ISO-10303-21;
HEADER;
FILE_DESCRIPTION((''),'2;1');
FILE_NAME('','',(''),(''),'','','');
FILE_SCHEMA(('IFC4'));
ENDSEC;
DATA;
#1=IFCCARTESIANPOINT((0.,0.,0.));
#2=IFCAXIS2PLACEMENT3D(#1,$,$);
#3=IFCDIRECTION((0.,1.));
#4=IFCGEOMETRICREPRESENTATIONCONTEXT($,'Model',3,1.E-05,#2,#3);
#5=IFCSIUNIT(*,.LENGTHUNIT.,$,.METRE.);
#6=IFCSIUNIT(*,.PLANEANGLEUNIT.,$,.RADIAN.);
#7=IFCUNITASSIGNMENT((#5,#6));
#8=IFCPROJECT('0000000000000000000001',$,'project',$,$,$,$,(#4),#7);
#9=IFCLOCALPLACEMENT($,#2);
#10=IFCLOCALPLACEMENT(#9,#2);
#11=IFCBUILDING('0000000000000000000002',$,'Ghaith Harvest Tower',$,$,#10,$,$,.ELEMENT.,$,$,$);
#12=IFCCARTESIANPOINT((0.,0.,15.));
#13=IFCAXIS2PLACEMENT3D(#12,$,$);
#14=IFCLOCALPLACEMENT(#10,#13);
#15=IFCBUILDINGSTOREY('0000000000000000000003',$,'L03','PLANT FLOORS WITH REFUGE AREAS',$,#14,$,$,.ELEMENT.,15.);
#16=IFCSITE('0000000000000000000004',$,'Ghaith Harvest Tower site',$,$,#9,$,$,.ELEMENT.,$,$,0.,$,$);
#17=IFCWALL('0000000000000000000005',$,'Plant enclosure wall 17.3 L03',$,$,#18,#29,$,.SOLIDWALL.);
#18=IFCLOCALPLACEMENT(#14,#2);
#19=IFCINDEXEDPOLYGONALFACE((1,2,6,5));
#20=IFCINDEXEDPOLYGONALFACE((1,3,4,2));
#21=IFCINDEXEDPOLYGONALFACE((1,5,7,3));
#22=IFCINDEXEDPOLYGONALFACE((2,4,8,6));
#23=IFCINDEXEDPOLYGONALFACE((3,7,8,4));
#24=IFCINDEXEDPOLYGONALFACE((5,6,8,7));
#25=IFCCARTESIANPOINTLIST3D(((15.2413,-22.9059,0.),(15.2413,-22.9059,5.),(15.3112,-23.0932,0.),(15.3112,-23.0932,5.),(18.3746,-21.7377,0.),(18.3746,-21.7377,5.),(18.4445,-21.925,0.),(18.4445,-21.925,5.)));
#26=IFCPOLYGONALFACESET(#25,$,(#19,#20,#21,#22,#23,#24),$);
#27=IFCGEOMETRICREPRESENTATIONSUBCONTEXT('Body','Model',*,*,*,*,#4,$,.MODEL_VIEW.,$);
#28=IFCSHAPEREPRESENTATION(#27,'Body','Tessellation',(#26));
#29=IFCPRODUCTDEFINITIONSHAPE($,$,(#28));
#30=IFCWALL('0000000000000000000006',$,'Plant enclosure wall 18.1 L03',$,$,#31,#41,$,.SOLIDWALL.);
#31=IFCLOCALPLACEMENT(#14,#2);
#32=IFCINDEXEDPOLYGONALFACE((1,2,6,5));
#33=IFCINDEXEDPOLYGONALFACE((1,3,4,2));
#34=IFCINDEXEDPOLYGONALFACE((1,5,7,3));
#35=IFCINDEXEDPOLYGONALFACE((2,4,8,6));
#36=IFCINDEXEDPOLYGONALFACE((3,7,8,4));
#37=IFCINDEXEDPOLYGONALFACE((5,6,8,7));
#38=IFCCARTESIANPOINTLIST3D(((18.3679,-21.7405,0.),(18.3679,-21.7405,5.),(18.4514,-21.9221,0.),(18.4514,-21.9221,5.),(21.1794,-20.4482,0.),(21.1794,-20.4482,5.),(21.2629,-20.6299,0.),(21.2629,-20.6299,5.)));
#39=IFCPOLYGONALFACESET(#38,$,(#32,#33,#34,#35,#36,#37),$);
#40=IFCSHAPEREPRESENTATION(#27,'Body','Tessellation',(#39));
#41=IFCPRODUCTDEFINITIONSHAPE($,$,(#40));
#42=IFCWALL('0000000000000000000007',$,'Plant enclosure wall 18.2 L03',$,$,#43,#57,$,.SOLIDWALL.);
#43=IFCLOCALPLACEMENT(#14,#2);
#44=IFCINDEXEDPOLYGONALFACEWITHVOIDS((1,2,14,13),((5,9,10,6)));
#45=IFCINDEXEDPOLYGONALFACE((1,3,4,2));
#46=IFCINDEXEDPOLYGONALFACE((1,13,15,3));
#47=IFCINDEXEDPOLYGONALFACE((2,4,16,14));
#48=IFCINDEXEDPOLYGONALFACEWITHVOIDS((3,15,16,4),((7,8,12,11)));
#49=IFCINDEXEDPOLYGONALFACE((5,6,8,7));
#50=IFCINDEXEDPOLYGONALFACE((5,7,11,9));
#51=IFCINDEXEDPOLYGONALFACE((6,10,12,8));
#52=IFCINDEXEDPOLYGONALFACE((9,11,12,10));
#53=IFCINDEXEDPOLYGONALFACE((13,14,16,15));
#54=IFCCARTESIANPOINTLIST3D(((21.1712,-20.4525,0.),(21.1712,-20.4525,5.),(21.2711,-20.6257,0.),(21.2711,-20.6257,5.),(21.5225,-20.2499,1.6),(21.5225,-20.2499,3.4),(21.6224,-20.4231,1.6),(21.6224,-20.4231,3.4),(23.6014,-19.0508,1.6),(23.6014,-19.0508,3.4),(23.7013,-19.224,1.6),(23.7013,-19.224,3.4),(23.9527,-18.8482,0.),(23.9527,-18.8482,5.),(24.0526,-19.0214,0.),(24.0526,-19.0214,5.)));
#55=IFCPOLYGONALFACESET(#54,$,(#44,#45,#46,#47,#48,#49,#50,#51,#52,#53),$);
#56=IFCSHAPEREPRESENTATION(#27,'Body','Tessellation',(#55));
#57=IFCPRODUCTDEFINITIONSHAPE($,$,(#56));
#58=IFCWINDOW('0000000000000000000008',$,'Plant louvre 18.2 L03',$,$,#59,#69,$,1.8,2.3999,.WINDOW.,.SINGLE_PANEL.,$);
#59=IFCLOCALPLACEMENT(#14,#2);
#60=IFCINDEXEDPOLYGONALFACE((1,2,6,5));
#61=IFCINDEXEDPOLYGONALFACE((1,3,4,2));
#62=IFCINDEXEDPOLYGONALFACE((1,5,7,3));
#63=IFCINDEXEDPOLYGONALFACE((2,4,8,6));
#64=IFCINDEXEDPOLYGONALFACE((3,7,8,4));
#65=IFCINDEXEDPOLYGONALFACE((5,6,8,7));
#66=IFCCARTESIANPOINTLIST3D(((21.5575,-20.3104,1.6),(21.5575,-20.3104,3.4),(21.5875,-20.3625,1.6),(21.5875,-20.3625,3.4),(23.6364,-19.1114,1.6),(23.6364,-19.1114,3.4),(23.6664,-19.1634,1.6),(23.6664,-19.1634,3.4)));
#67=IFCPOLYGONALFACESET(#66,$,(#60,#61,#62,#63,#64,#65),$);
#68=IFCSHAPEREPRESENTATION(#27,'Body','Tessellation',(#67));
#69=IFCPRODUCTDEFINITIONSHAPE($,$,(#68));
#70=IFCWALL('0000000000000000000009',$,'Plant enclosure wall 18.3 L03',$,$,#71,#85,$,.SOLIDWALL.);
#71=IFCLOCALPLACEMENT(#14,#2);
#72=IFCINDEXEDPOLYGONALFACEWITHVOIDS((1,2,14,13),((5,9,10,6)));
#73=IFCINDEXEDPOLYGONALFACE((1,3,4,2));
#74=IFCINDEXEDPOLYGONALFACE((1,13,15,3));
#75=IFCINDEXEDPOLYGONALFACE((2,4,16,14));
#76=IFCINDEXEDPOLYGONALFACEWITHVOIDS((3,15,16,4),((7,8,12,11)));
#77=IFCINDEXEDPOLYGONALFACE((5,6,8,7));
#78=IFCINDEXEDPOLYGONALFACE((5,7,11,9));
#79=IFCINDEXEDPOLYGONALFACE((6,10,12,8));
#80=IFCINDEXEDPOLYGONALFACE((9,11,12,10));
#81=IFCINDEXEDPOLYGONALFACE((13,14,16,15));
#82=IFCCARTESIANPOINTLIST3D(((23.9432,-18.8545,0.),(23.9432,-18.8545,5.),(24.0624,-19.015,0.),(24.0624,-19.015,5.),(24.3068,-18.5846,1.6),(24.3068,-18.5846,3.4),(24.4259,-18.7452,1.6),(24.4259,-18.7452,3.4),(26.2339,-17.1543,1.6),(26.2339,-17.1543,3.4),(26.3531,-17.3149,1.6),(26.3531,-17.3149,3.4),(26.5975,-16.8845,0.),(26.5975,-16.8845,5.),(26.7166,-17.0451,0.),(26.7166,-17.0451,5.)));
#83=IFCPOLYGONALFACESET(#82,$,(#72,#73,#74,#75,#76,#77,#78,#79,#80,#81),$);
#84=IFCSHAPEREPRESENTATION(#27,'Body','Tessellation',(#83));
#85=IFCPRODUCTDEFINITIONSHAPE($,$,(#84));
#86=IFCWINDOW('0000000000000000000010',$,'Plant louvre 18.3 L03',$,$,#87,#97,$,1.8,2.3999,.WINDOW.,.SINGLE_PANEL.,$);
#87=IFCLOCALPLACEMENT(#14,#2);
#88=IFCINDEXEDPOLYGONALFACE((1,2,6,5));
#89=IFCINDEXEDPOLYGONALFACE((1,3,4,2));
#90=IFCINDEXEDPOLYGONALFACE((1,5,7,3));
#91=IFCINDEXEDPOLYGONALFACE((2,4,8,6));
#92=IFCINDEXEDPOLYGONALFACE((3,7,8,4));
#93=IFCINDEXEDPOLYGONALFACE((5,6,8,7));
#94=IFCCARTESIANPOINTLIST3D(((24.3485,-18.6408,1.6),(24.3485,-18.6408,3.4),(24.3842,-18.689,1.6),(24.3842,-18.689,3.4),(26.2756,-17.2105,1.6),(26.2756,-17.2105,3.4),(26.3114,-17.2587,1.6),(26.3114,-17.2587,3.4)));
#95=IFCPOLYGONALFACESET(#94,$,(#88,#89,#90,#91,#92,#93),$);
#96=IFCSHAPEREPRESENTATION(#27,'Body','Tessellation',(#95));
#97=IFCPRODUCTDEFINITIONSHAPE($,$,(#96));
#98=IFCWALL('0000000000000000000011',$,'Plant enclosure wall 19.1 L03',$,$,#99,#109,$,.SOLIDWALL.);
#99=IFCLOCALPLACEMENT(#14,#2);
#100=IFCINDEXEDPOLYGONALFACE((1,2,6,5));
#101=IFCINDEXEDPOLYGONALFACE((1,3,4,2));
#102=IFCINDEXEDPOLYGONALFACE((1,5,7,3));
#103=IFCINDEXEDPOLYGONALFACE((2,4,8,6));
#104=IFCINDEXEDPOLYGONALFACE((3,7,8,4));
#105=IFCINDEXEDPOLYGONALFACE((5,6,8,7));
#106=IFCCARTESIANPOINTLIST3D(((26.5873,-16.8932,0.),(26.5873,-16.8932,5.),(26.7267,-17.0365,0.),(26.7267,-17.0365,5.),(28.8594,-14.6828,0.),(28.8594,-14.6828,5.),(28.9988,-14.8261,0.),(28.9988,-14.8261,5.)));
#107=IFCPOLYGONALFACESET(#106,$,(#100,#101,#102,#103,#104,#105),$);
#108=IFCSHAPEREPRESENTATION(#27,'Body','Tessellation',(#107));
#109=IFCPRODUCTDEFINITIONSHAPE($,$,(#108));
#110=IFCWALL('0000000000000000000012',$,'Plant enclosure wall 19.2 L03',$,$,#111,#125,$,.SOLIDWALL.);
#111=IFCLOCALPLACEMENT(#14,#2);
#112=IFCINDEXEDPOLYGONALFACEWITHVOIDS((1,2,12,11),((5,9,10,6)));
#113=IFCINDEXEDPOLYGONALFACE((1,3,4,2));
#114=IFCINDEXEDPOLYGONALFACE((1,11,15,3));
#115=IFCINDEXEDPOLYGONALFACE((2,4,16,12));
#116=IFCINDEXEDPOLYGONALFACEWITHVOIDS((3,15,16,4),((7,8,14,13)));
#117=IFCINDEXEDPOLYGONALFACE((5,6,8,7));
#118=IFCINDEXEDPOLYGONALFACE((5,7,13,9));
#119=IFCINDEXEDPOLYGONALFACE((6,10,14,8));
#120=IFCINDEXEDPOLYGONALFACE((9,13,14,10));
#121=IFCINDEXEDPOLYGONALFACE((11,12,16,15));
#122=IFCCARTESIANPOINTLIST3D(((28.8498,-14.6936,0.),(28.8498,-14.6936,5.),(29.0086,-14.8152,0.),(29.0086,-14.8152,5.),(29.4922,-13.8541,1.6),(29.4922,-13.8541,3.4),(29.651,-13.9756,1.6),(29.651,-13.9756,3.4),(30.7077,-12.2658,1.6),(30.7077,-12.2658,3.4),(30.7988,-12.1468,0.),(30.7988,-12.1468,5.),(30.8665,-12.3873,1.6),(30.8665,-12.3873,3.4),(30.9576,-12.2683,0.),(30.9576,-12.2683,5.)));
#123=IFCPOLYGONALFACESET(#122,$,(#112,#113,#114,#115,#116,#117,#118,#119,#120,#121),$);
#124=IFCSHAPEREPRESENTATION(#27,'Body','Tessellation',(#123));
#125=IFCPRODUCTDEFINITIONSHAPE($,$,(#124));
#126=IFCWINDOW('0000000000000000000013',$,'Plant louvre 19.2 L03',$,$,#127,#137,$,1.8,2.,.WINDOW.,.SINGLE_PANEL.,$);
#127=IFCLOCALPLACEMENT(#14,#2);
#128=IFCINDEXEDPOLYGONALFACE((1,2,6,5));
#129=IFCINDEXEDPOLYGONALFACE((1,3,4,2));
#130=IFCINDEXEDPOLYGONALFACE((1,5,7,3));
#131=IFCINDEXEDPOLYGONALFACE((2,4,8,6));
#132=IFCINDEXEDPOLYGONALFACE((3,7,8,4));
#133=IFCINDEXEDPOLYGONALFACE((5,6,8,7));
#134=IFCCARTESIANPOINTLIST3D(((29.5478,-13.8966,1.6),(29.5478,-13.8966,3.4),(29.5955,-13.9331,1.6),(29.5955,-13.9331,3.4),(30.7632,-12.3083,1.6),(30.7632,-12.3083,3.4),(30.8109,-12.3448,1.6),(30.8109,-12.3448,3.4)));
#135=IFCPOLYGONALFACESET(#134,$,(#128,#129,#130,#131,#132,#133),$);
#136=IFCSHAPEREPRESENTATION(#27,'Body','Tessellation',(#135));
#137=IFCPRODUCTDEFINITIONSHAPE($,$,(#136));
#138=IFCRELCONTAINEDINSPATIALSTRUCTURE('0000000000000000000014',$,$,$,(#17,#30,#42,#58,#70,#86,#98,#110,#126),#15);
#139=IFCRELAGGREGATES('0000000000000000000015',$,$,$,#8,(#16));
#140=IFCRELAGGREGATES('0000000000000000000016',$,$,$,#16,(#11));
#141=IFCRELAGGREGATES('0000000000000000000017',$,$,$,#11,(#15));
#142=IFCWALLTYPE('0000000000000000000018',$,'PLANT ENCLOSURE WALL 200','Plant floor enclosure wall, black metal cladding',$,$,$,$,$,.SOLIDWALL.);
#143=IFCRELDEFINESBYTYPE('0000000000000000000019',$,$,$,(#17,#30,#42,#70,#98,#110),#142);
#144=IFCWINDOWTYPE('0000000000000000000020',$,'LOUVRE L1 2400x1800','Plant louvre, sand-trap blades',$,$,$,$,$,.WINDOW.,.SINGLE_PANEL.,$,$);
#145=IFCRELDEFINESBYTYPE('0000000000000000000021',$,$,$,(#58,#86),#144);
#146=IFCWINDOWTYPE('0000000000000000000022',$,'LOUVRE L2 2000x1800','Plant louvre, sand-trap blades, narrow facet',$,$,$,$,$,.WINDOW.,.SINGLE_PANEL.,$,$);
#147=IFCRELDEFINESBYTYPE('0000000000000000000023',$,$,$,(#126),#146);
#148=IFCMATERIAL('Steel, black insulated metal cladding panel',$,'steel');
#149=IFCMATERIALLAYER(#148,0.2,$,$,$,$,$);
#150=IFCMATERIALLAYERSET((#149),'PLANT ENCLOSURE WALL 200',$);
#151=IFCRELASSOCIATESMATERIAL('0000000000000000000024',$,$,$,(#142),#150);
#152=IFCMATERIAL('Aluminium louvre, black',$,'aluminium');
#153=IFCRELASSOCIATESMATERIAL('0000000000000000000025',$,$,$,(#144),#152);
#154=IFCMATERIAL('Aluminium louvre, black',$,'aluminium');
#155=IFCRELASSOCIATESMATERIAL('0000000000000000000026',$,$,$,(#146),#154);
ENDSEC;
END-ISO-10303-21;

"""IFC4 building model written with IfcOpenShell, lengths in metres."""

from ifc_helpers import new_model, si_unit, direction, frame, frame_2d, origin, place, context, subcontext, project, spatial, rectangle, extrude, material, layer, layer_set, type_object, element, fill, save


model = new_model("IFC4")

# Units and contexts
model_context = context("Model", 3, precision=1e-05, world=origin(), true_north=direction((0.0, 1.0)))
body_context = subcontext(model_context, "Body", "Model", "MODEL_VIEW")
ifc_project = project(units=[si_unit("LENGTHUNIT", "METRE"), si_unit("PLANEANGLEUNIT", "RADIAN")], contexts=[model_context])

# Site, building, storey
site_placement = place(None, origin())
site = spatial("IfcSite", under=ifc_project, at=site_placement, Name="Ghaith Harvest Tower site", CompositionType="ELEMENT", RefElevation=0.0)
building_placement = place(site_placement, origin())
building = spatial("IfcBuilding", under=site, at=building_placement, Name="Ghaith Harvest Tower", CompositionType="ELEMENT")
storey_placement = place(building_placement, frame((0.0, 0.0, 15.0)))
storey = spatial("IfcBuildingStorey", under=building, at=storey_placement, Name="L03", Description="PLANT FLOORS WITH REFUGE AREAS", CompositionType="ELEMENT", Elevation=15.0)

# Walls
ifc_material_1 = material(Name="Steel, black insulated metal cladding panel", Category="steel")
ifc_layer_1 = layer(ifc_material_1, 0.2)
ifc_layer_set_1 = layer_set([ifc_layer_1], Name="PLANT ENCLOSURE WALL 200")
wall_type_1 = type_object("IfcWallType", Name="PLANT ENCLOSURE WALL 200", Description="Plant floor enclosure wall, black metal cladding", PredefinedType="SOLIDWALL", material=ifc_layer_set_1)
wall_1_placement = place(storey_placement, frame((15.2764, -22.9995, 0.0), z_axis=(0.0, 0.0, 1.0), x_axis=(0.936994, 0.349347, 0.0)))
element("IfcWall", 1, at=wall_1_placement, inside=storey, type_object=wall_type_1, Name="Plant enclosure wall 17.3 L03", PredefinedType="SOLIDWALL", context=body_context, shape_type="SweptSolid", body=[
    extrude(rectangle(XDim=3.344, YDim=0.2, at=frame_2d((1.6719, 0.0))), origin(), (0.0, 0.0, 1.0), 5.0),
])
wall_2_placement = place(storey_placement, frame((18.4097, -21.8313, 0.0), z_axis=(0.0, 0.0, 1.0), x_axis=(0.908621, 0.417622, 0.0)))
element("IfcWall", 2, at=wall_2_placement, inside=storey, type_object=wall_type_1, Name="Plant enclosure wall 18.1 L03", PredefinedType="SOLIDWALL", context=body_context, shape_type="SweptSolid", body=[
    extrude(rectangle(XDim=3.0942, YDim=0.2, at=frame_2d((1.5471, 0.0))), origin(), (0.0, 0.0, 1.0), 5.0),
])

# Walls, openings, windows
wall_3_placement = place(storey_placement, frame((21.2212, -20.5391, 0.0), z_axis=(0.0, 0.0, 1.0), x_axis=(0.866248, 0.499615, 0.0)))
wall_3 = element("IfcWall", 3, at=wall_3_placement, inside=storey, type_object=wall_type_1, Name="Plant enclosure wall 18.2 L03", PredefinedType="SOLIDWALL", context=body_context, shape_type="SweptSolid", body=[
    extrude(rectangle(XDim=3.2109, YDim=0.2, at=frame_2d((1.6055, 0.0))), origin(), (0.0, 0.0, 1.0), 5.0),
])
opening_1_placement = place(wall_3_placement, frame((0.4055, 0.0, 1.6001)))
opening_1 = element("IfcOpeningElement", 4, at=opening_1_placement, cuts=wall_3, PredefinedType="OPENING", context=body_context, shape_type="SweptSolid", body=[
    extrude(rectangle(XDim=2.3999, YDim=1.8, at=frame_2d((1.2, 0.8999))), frame((0.0, 0.1099, 0.0), z_axis=(0.0, -1.0, 0.0), x_axis=(1.0, 0.0, 0.0)), (0.0, 0.0, 1.0), 0.22),
])
ifc_material_2 = material(Name="Aluminium louvre, black", Category="aluminium")
window_type_1 = type_object("IfcWindowType", Name="LOUVRE L1 2400x1800", Description="Plant louvre, sand-trap blades", PartitioningType="SINGLE_PANEL", PredefinedType="WINDOW", material=ifc_material_2)
window_1_placement = place(opening_1_placement, origin())
window_1 = element("IfcWindow", 5, at=window_1_placement, inside=storey, type_object=window_type_1, Name="Plant louvre 18.2 L03", OverallHeight=1.8, OverallWidth=2.3999, PartitioningType="SINGLE_PANEL", PredefinedType="WINDOW", context=body_context, shape_type="SweptSolid", body=[
    extrude(rectangle(XDim=2.3999, YDim=1.8, at=frame_2d((1.2, 0.8999))), frame((0.0, 0.03, 0.0), z_axis=(0.0, -1.0, 0.0), x_axis=(1.0, 0.0, 0.0)), (0.0, 0.0, 1.0), 0.0601),
])
fill(opening_1, window_1)
wall_4_placement = place(storey_placement, frame((24.0027, -18.9348, 0.0), z_axis=(0.0, 0.0, 1.0), x_axis=(0.803003, 0.595974, 0.0)))
wall_4 = element("IfcWall", 6, at=wall_4_placement, inside=storey, type_object=wall_type_1, Name="Plant enclosure wall 18.3 L03", PredefinedType="SOLIDWALL", context=body_context, shape_type="SweptSolid", body=[
    extrude(rectangle(XDim=3.3054, YDim=0.2, at=frame_2d((1.6528, 0.0))), origin(), (0.0, 0.0, 1.0), 5.0),
])
opening_2_placement = place(wall_4_placement, frame((0.4529, 0.0, 1.6001)))
opening_2 = element("IfcOpeningElement", 7, at=opening_2_placement, cuts=wall_4, PredefinedType="OPENING", context=body_context, shape_type="SweptSolid", body=[
    extrude(rectangle(XDim=2.3999, YDim=1.8, at=frame_2d((1.2, 0.8999))), frame((0.0, 0.1099, 0.0), z_axis=(0.0, -1.0, 0.0), x_axis=(1.0, 0.0, 0.0)), (0.0, 0.0, 1.0), 0.22),
])
window_2_placement = place(opening_2_placement, origin())
window_2 = element("IfcWindow", 8, at=window_2_placement, inside=storey, type_object=window_type_1, Name="Plant louvre 18.3 L03", OverallHeight=1.8, OverallWidth=2.3999, PartitioningType="SINGLE_PANEL", PredefinedType="WINDOW", context=body_context, shape_type="SweptSolid", body=[
    extrude(rectangle(XDim=2.3999, YDim=1.8, at=frame_2d((1.2, 0.8999))), frame((0.0, 0.03, 0.0), z_axis=(0.0, -1.0, 0.0), x_axis=(1.0, 0.0, 0.0)), (0.0, 0.0, 1.0), 0.0601),
])
fill(opening_2, window_2)

# Wall
wall_5_placement = place(storey_placement, frame((26.657, -16.9648, 0.0), z_axis=(0.0, 0.0, 1.0), x_axis=(0.716782, 0.697297, 0.0)))
element("IfcWall", 9, at=wall_5_placement, inside=storey, type_object=wall_type_1, Name="Plant enclosure wall 19.1 L03", PredefinedType="SOLIDWALL", context=body_context, shape_type="SweptSolid", body=[
    extrude(rectangle(XDim=3.1699, YDim=0.2, at=frame_2d((1.585, 0.0))), origin(), (0.0, 0.0, 1.0), 5.0),
])

# Wall, opening, window
wall_6_placement = place(storey_placement, frame((28.9292, -14.7544, 0.0), z_axis=(0.0, 0.0, 1.0), x_axis=(0.607719, 0.794153, 0.0)))
wall_6 = element("IfcWall", 10, at=wall_6_placement, inside=storey, type_object=wall_type_1, Name="Plant enclosure wall 19.2 L03", PredefinedType="SOLIDWALL", context=body_context, shape_type="SweptSolid", body=[
    extrude(rectangle(XDim=3.207, YDim=0.2, at=frame_2d((1.6035, 0.0))), origin(), (0.0, 0.0, 1.0), 5.0),
])
opening_3_placement = place(wall_6_placement, frame((1.0571, 0.0, 1.6001)))
opening_3 = element("IfcOpeningElement", 11, at=opening_3_placement, cuts=wall_6, PredefinedType="OPENING", context=body_context, shape_type="SweptSolid", body=[
    extrude(rectangle(XDim=2.0, YDim=1.8, at=frame_2d((1.0, 0.8999))), frame((0.0, 0.1099, 0.0), z_axis=(0.0, -1.0, 0.0), x_axis=(1.0, 0.0, 0.0)), (0.0, 0.0, 1.0), 0.22),
])
ifc_material_3 = material(Name="Aluminium louvre, black", Category="aluminium")
window_type_2 = type_object("IfcWindowType", Name="LOUVRE L2 2000x1800", Description="Plant louvre, sand-trap blades, narrow facet", PartitioningType="SINGLE_PANEL", PredefinedType="WINDOW", material=ifc_material_3)
window_3_placement = place(opening_3_placement, origin())
window_3 = element("IfcWindow", 12, at=window_3_placement, inside=storey, type_object=window_type_2, Name="Plant louvre 19.2 L03", OverallHeight=1.8, OverallWidth=2.0, PartitioningType="SINGLE_PANEL", PredefinedType="WINDOW", context=body_context, shape_type="SweptSolid", body=[
    extrude(rectangle(XDim=2.0, YDim=1.8, at=frame_2d((1.0, 0.8999))), frame((0.0, 0.03, 0.0), z_axis=(0.0, -1.0, 0.0), x_axis=(1.0, 0.0, 0.0)), (0.0, 0.0, 1.0), 0.0601),
])
fill(opening_3, window_3)

save(model, "model.ifc")
